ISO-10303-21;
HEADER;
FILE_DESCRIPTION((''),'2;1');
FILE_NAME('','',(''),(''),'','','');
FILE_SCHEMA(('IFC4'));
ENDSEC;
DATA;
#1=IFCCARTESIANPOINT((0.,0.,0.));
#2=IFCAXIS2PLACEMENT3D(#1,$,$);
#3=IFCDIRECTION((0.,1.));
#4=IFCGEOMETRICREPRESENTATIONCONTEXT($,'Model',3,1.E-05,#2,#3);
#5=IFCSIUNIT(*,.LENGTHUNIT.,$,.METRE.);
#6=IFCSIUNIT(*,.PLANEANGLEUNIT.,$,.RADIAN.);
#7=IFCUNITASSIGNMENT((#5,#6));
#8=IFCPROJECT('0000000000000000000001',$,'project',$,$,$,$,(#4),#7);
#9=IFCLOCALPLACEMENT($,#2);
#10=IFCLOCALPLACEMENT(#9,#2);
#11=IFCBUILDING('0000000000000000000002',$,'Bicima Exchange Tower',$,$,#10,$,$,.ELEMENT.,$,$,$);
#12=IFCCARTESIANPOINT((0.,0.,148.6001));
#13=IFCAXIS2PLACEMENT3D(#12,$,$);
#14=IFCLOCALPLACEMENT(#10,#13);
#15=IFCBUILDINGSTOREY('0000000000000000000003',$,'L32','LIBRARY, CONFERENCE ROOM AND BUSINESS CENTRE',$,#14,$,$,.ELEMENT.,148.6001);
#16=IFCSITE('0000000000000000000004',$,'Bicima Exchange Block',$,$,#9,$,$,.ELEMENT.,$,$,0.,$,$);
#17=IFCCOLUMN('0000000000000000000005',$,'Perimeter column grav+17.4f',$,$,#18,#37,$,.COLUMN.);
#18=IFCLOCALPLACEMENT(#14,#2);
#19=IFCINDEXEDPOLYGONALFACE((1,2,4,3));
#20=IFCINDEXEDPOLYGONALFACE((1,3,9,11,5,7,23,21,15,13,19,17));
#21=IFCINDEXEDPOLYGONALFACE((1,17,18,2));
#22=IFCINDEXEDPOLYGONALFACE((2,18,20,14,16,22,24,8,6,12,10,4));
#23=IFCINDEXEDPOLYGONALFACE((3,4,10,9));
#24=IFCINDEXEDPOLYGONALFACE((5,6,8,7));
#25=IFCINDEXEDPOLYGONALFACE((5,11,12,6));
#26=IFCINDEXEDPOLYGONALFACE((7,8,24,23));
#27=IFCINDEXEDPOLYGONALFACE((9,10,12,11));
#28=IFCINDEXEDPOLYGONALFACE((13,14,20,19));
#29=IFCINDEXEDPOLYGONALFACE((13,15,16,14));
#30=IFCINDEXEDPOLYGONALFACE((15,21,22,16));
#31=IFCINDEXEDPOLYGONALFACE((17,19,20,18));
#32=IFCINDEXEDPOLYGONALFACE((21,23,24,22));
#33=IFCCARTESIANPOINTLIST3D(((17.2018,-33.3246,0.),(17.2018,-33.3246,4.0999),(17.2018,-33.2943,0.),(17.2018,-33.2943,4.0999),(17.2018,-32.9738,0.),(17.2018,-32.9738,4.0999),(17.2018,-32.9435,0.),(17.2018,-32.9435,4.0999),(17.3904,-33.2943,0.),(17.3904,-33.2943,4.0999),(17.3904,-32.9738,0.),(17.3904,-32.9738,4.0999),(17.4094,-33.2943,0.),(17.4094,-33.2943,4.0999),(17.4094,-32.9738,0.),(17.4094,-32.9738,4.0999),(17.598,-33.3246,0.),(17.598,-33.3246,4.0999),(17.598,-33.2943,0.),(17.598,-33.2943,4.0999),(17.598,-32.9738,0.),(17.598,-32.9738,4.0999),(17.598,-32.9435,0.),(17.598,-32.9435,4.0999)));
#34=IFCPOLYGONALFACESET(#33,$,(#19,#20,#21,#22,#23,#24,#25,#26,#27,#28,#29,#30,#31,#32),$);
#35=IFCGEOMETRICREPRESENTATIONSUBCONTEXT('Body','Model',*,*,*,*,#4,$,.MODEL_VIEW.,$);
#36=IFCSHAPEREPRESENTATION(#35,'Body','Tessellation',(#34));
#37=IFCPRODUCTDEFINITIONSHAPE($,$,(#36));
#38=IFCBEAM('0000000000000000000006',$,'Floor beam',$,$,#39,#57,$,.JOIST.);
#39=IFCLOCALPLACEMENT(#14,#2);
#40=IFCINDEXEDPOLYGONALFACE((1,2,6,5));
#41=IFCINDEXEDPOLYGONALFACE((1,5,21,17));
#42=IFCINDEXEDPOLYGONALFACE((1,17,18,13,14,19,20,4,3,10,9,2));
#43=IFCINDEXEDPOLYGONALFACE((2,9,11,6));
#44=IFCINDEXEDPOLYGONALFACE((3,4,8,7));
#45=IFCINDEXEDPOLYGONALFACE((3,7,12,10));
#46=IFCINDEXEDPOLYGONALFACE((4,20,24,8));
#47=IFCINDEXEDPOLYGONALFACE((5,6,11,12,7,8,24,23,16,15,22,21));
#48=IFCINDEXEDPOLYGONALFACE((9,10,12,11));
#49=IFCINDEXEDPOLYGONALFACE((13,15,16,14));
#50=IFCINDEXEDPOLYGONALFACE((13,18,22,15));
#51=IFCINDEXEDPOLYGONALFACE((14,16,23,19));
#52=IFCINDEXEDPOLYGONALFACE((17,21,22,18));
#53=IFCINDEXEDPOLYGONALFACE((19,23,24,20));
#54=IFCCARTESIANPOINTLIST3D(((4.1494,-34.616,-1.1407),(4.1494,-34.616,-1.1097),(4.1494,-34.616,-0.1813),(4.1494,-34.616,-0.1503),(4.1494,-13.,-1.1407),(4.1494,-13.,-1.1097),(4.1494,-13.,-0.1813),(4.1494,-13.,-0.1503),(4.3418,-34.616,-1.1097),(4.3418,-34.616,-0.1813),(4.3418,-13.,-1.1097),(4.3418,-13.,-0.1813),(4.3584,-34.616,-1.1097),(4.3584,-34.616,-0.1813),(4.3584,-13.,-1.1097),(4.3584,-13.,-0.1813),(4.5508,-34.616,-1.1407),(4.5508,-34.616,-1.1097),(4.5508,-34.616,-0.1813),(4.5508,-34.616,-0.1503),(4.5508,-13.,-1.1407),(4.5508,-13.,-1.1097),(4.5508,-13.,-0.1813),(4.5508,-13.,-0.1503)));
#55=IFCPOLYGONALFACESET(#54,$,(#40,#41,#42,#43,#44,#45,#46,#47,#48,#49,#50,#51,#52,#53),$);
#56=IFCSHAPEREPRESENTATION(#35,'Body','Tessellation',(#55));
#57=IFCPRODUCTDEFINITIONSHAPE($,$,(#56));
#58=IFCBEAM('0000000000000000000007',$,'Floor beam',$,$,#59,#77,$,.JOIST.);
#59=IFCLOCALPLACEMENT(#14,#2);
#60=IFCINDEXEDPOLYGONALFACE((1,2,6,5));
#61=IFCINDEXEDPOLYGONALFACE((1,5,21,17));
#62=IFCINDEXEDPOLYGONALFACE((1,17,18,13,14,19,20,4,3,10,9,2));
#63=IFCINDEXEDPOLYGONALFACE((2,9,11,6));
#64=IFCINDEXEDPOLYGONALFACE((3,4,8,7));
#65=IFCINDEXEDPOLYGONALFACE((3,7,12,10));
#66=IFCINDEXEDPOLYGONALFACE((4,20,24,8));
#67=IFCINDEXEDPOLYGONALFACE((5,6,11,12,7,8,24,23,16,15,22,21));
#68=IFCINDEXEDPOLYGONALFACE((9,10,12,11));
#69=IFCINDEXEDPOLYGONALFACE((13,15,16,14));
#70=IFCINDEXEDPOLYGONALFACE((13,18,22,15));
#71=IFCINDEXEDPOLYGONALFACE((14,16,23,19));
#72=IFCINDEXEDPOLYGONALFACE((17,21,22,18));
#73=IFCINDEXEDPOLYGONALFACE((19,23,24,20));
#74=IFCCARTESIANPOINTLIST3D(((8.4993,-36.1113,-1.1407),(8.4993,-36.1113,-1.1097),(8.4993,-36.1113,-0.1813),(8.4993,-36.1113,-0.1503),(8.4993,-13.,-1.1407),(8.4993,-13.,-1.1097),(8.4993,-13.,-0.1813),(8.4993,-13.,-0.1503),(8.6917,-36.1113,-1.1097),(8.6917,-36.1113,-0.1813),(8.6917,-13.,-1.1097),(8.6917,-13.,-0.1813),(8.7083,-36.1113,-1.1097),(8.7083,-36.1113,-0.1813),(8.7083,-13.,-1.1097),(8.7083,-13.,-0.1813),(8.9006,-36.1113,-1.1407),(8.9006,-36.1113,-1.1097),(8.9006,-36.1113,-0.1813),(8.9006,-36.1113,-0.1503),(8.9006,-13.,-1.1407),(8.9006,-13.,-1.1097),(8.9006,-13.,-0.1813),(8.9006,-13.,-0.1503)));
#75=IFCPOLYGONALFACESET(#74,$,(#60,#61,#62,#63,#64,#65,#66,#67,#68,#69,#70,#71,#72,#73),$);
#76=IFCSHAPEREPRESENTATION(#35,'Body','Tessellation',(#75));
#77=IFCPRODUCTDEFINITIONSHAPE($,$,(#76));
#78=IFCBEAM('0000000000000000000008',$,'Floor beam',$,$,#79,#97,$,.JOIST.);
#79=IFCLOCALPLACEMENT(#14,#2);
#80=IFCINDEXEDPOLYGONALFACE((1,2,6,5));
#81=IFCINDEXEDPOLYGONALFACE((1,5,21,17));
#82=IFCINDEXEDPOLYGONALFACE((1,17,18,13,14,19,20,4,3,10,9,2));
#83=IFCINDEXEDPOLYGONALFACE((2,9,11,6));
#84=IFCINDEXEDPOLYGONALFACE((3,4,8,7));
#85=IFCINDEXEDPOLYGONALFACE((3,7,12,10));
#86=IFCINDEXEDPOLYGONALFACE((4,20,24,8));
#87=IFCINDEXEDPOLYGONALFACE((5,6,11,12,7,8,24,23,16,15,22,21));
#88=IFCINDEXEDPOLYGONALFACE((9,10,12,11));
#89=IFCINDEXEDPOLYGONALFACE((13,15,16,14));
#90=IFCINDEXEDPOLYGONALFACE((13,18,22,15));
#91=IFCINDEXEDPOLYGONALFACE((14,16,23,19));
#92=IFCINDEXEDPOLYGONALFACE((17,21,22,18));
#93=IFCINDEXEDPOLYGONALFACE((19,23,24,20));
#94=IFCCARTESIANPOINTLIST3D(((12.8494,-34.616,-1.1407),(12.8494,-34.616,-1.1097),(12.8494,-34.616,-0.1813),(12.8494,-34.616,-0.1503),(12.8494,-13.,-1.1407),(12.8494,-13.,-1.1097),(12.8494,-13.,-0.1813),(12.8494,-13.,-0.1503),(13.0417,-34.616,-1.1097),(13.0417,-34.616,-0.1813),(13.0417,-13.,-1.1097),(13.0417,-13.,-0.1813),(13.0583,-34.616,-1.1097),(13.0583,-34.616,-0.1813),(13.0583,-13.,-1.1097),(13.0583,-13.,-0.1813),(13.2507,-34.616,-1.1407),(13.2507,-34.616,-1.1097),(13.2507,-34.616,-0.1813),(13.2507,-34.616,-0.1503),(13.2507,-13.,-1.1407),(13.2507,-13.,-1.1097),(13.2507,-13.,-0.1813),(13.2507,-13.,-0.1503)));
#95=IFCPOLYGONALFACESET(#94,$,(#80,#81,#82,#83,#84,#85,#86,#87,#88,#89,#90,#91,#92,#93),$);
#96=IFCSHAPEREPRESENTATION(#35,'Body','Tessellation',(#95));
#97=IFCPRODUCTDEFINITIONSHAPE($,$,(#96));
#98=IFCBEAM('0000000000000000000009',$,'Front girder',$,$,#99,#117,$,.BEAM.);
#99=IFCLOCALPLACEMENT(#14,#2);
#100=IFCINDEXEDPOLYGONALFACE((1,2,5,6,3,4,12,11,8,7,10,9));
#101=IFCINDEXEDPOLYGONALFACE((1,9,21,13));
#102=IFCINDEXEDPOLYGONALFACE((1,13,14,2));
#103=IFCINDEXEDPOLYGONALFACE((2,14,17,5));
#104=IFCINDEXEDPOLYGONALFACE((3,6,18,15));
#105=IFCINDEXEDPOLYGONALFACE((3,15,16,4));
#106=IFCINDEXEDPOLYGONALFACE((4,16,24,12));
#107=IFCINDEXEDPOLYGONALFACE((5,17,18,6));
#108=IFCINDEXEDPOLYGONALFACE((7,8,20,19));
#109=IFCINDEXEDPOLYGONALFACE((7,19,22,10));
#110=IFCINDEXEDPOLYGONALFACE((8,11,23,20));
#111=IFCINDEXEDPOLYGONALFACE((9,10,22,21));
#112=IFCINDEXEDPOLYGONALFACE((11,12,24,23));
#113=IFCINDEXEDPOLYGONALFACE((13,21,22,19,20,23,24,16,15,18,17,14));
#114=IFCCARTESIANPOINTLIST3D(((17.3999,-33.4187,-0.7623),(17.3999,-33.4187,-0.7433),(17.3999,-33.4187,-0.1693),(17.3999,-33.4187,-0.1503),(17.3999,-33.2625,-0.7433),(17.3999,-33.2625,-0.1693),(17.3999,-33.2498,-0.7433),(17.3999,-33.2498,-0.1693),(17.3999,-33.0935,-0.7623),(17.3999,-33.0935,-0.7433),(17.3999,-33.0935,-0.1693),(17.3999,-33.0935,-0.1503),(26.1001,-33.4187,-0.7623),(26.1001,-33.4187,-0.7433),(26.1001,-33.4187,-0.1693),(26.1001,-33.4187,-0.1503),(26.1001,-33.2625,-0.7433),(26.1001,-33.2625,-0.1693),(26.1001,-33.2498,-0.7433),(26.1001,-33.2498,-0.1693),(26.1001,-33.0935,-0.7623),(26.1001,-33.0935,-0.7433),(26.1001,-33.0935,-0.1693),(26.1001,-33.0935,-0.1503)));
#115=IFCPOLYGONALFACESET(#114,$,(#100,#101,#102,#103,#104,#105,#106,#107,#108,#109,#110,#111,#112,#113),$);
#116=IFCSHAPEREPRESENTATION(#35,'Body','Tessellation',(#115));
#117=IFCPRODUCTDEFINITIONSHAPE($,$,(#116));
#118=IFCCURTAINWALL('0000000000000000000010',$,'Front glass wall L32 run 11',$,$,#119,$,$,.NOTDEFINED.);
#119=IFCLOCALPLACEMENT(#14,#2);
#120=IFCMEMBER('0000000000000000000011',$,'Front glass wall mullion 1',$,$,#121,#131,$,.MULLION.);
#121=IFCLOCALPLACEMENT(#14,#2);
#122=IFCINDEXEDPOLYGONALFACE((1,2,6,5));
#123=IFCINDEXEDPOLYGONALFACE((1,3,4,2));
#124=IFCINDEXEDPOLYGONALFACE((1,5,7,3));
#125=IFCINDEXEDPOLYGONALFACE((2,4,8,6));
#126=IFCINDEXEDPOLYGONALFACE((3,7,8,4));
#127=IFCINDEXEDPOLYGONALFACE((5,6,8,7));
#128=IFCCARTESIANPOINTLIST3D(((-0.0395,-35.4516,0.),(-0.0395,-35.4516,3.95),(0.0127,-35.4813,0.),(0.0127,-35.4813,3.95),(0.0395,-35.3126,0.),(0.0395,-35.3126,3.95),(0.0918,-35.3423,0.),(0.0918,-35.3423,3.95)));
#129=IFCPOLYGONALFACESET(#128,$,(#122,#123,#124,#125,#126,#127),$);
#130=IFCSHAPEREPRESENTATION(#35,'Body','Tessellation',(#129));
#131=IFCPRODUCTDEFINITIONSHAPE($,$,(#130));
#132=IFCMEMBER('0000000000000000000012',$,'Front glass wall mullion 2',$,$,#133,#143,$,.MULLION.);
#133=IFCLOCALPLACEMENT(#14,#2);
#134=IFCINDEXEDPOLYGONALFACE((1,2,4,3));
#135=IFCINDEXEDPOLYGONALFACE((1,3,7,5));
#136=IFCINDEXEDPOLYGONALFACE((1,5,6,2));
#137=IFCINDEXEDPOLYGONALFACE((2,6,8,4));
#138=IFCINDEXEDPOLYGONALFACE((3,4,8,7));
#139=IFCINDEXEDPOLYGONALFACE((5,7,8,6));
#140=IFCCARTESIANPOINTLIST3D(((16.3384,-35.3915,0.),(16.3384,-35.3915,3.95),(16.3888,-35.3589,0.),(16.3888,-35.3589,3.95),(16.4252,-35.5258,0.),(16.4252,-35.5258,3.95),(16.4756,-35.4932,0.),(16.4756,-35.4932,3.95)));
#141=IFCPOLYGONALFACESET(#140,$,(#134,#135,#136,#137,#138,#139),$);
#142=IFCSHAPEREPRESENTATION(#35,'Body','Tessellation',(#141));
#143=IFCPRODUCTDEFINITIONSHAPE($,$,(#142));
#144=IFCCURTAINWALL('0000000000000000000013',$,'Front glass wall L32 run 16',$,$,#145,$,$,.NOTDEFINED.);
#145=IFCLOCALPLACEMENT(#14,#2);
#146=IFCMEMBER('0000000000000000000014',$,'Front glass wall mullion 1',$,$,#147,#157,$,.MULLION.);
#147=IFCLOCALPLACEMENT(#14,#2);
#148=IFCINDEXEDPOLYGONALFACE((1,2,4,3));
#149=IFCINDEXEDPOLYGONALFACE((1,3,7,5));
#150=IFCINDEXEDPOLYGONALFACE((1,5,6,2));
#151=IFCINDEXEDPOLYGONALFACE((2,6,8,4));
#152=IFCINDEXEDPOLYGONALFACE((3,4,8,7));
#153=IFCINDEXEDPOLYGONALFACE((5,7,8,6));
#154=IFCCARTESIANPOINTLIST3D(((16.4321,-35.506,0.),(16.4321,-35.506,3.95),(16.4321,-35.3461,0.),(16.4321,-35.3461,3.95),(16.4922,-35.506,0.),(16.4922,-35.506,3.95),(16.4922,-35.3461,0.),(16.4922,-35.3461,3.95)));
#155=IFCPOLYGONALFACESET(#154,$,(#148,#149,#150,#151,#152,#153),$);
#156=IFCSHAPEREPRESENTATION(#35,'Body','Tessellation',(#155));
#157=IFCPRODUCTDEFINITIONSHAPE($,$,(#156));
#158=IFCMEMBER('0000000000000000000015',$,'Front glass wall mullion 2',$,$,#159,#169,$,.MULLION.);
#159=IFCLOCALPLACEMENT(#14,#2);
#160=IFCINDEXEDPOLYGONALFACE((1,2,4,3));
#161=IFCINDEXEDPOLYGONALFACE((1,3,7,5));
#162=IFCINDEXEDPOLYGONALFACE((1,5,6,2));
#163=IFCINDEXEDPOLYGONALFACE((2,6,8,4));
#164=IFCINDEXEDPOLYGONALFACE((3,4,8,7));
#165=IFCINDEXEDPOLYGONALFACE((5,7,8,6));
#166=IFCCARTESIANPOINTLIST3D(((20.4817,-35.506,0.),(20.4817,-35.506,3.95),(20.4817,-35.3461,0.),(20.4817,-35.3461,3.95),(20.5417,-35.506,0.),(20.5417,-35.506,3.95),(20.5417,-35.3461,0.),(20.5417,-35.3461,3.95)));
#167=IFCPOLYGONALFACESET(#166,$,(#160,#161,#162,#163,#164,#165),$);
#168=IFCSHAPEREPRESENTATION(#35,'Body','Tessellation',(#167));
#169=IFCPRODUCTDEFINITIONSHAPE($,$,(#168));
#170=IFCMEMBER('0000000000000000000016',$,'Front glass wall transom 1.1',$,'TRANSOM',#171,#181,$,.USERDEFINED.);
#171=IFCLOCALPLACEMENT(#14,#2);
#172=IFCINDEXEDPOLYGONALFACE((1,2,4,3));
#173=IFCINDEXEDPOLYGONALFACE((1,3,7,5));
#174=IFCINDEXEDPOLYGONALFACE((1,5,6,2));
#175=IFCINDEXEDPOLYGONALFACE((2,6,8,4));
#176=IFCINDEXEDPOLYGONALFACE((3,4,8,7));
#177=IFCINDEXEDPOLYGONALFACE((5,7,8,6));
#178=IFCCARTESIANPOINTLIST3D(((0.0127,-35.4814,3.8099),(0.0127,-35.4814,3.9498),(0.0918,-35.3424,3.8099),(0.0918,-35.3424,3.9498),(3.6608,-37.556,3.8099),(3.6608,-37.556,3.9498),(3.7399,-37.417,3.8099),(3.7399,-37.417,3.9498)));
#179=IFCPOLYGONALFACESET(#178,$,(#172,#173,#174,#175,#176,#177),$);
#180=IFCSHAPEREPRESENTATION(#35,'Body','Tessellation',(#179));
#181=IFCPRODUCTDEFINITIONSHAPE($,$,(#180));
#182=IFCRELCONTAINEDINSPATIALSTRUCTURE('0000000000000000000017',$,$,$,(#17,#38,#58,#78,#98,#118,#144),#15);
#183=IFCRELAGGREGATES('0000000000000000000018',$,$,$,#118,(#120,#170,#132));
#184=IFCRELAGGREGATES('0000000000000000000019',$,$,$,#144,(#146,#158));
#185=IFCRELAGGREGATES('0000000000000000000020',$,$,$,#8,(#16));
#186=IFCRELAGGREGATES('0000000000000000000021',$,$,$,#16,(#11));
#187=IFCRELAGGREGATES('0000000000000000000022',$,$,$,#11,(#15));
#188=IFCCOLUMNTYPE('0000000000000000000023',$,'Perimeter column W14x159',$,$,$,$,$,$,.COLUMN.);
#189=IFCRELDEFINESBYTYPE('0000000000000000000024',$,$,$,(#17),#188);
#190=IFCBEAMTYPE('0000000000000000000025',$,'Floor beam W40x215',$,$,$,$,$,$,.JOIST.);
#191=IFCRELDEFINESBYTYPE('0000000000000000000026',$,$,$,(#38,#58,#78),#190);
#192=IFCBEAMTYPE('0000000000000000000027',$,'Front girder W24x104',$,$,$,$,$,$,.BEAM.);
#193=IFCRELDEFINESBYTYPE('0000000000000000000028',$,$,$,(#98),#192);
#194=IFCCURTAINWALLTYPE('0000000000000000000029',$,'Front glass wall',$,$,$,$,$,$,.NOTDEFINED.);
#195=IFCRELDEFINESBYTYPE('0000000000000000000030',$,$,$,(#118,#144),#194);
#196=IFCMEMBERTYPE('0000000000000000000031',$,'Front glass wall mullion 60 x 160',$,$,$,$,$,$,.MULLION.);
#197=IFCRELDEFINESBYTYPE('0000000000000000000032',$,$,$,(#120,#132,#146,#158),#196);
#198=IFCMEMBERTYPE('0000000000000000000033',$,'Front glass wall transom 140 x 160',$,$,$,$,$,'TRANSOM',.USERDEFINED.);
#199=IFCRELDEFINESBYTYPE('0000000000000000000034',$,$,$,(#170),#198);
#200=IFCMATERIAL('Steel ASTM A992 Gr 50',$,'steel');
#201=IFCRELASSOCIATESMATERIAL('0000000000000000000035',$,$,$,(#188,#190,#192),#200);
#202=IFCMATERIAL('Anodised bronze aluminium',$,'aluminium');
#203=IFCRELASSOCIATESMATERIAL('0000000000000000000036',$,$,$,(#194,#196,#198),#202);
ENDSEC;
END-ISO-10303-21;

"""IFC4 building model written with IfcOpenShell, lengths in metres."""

from ifc_helpers import new_model, si_unit, direction, frame, origin, origin_2d, place, context, subcontext, project, spatial, rectangle, i_section, extrude, material, material_profile, profile_set, type_object, element, aggregate, save


model = new_model("IFC4")

# Units and contexts
model_context = context("Model", 3, precision=1e-05, world=origin(), true_north=direction((0.0, 1.0)))
body_context = subcontext(model_context, "Body", "Model", "MODEL_VIEW")
ifc_project = project(units=[si_unit("LENGTHUNIT", "METRE"), si_unit("PLANEANGLEUNIT", "RADIAN")], contexts=[model_context])

# Site, building, storey
site_placement = place(None, origin())
site = spatial("IfcSite", under=ifc_project, at=site_placement, Name="Bicima Exchange Block", CompositionType="ELEMENT", RefElevation=0.0)
building_placement = place(site_placement, origin())
building = spatial("IfcBuilding", under=site, at=building_placement, Name="Bicima Exchange Tower", CompositionType="ELEMENT")
storey_placement = place(building_placement, frame((0.0, 0.0, 148.6001)))
storey = spatial("IfcBuildingStorey", under=building, at=storey_placement, Name="L32", Description="LIBRARY, CONFERENCE ROOM AND BUSINESS CENTRE", CompositionType="ELEMENT", Elevation=148.6001)

# Column
ifc_material_1 = material(Name="Steel ASTM A992 Gr 50", Category="steel")
ifc_material_profile_1 = material_profile(ifc_material_1, i_section(OverallWidth=0.3962, OverallDepth=0.3811, WebThickness=0.019, FlangeThickness=0.0303, at=origin_2d()))
ifc_profile_set_1 = profile_set([ifc_material_profile_1], Name="Steel ASTM A992 Gr 50")
column_type = type_object("IfcColumnType", Name="Perimeter column W14x159", PredefinedType="COLUMN", material=ifc_profile_set_1)
column_placement = place(storey_placement, frame((17.3999, -33.134, 0.0), z_axis=(0.0, 0.0, 1.0), x_axis=(1.0, 0.0, 0.0)))
element("IfcColumn", 1, at=column_placement, inside=storey, type_object=column_type, Name="Perimeter column grav+17.4f", PredefinedType="COLUMN", context=body_context, shape_type="SweptSolid", body=[
    extrude(i_section(OverallWidth=0.3962, OverallDepth=0.3811, WebThickness=0.019, FlangeThickness=0.0303, at=origin_2d()), origin(), (0.0, 0.0, 1.0), 4.0999),
])

# Beams
ifc_material_profile_2 = material_profile(ifc_material_1, i_section(OverallWidth=0.4014, OverallDepth=0.9905, WebThickness=0.0166, FlangeThickness=0.031, at=origin_2d()))
ifc_profile_set_2 = profile_set([ifc_material_profile_2], Name="Steel ASTM A992 Gr 50")
beam_type_1 = type_object("IfcBeamType", Name="Floor beam W40x215", PredefinedType="JOIST", material=ifc_profile_set_2)
beam_1_placement = place(storey_placement, frame((4.3501, -13.0, -0.6455), z_axis=(0.0, -1.0, 0.0), x_axis=(1.0, 0.0, 0.0)))
element("IfcBeam", 2, at=beam_1_placement, inside=storey, type_object=beam_type_1, Name="Floor beam", PredefinedType="JOIST", context=body_context, shape_type="SweptSolid", body=[
    extrude(i_section(OverallWidth=0.4014, OverallDepth=0.9905, WebThickness=0.0166, FlangeThickness=0.031, at=origin_2d()), origin(), (0.0, 0.0, 1.0), 21.616),
])
beam_2_placement = place(storey_placement, frame((8.7, -13.0, -0.6455), z_axis=(0.0, -1.0, 0.0), x_axis=(1.0, 0.0, 0.0)))
element("IfcBeam", 3, at=beam_2_placement, inside=storey, type_object=beam_type_1, Name="Floor beam", PredefinedType="JOIST", context=body_context, shape_type="SweptSolid", body=[
    extrude(i_section(OverallWidth=0.4014, OverallDepth=0.9905, WebThickness=0.0166, FlangeThickness=0.031, at=origin_2d()), origin(), (0.0, 0.0, 1.0), 23.1113),
])
beam_3_placement = place(storey_placement, frame((13.05, -13.0, -0.6455), z_axis=(0.0, -1.0, 0.0), x_axis=(1.0, 0.0, 0.0)))
element("IfcBeam", 4, at=beam_3_placement, inside=storey, type_object=beam_type_1, Name="Floor beam", PredefinedType="JOIST", context=body_context, shape_type="SweptSolid", body=[
    extrude(i_section(OverallWidth=0.4014, OverallDepth=0.9905, WebThickness=0.0166, FlangeThickness=0.031, at=origin_2d()), origin(), (0.0, 0.0, 1.0), 21.616),
])
ifc_material_profile_3 = material_profile(ifc_material_1, i_section(OverallWidth=0.3252, OverallDepth=0.6121, WebThickness=0.0127, FlangeThickness=0.019, at=origin_2d()))
ifc_profile_set_3 = profile_set([ifc_material_profile_3], Name="Steel ASTM A992 Gr 50")
beam_type_2 = type_object("IfcBeamType", Name="Front girder W24x104", PredefinedType="BEAM", material=ifc_profile_set_3)
beam_4_placement = place(storey_placement, frame((17.3999, -33.2561, -0.4563), z_axis=(1.0, 0.0, 0.0), x_axis=(0.0, 1.0, 0.0)))
element("IfcBeam", 5, at=beam_4_placement, inside=storey, type_object=beam_type_2, Name="Front girder", PredefinedType="BEAM", context=body_context, shape_type="SweptSolid", body=[
    extrude(i_section(OverallWidth=0.3252, OverallDepth=0.6121, WebThickness=0.0127, FlangeThickness=0.019, at=origin_2d()), origin(), (0.0, 0.0, 1.0), 8.7002),
])

# Curtain walls, members
ifc_material_2 = material(Name="Anodised bronze aluminium", Category="aluminium")
curtain_wall_type = type_object("IfcCurtainWallType", Name="Front glass wall", PredefinedType="NOTDEFINED", material=ifc_material_2)
curtain_wall_1_placement = place(storey_placement, origin())
curtain_wall_1 = element("IfcCurtainWall", 6, at=curtain_wall_1_placement, inside=storey, type_object=curtain_wall_type, Name="Front glass wall L32 run 11", PredefinedType="NOTDEFINED")
ifc_material_profile_4 = material_profile(ifc_material_2, rectangle(XDim=0.1599, YDim=0.0601, at=origin_2d()))
ifc_profile_set_4 = profile_set([ifc_material_profile_4], Name="Anodised bronze aluminium")
member_type_1 = type_object("IfcMemberType", Name="Front glass wall mullion 60 x 160", PredefinedType="MULLION", material=ifc_profile_set_4)
member_1_placement = place(storey_placement, frame((0.0261, -35.397, 0.0), z_axis=(0.0, 0.0, 1.0), x_axis=(0.49433, 0.869274, 0.0)))
member_1 = element("IfcMember", 7, at=member_1_placement, type_object=member_type_1, Name="Front glass wall mullion 1", PredefinedType="MULLION", context=body_context, shape_type="SweptSolid", body=[
    extrude(rectangle(XDim=0.1599, YDim=0.0601, at=origin_2d()), origin(), (0.0, 0.0, 1.0), 3.95),
])
member_2_placement = place(storey_placement, frame((16.407, -35.4424, 0.0), z_axis=(0.0, 0.0, 1.0), x_axis=(-0.542909, 0.839791, 0.0)))
member_2 = element("IfcMember", 8, at=member_2_placement, type_object=member_type_1, Name="Front glass wall mullion 2", PredefinedType="MULLION", context=body_context, shape_type="SweptSolid", body=[
    extrude(rectangle(XDim=0.1599, YDim=0.0601, at=origin_2d()), origin(), (0.0, 0.0, 1.0), 3.95),
])
curtain_wall_2_placement = place(storey_placement, origin())
curtain_wall_2 = element("IfcCurtainWall", 9, at=curtain_wall_2_placement, inside=storey, type_object=curtain_wall_type, Name="Front glass wall L32 run 16", PredefinedType="NOTDEFINED")
member_3_placement = place(storey_placement, frame((16.4622, -35.426, 0.0), z_axis=(0.0, 0.0, 1.0), x_axis=(0.0, 1.0, 0.0)))
member_3 = element("IfcMember", 10, at=member_3_placement, type_object=member_type_1, Name="Front glass wall mullion 1", PredefinedType="MULLION", context=body_context, shape_type="SweptSolid", body=[
    extrude(rectangle(XDim=0.1599, YDim=0.0601, at=origin_2d()), origin(), (0.0, 0.0, 1.0), 3.95),
])
member_4_placement = place(storey_placement, frame((20.5117, -35.426, 0.0), z_axis=(0.0, 0.0, 1.0), x_axis=(0.0, 1.0, 0.0)))
member_4 = element("IfcMember", 11, at=member_4_placement, type_object=member_type_1, Name="Front glass wall mullion 2", PredefinedType="MULLION", context=body_context, shape_type="SweptSolid", body=[
    extrude(rectangle(XDim=0.1599, YDim=0.0601, at=origin_2d()), origin(), (0.0, 0.0, 1.0), 3.95),
])

# Member
ifc_material_profile_5 = material_profile(ifc_material_2, rectangle(XDim=0.1599, YDim=0.1399, at=origin_2d()))
ifc_profile_set_5 = profile_set([ifc_material_profile_5], Name="Anodised bronze aluminium")
member_type_2 = type_object("IfcMemberType", Name="Front glass wall transom 140 x 160", ElementType="TRANSOM", PredefinedType="USERDEFINED", material=ifc_profile_set_5)
member_5_placement = place(storey_placement, frame((0.0522, -35.4119, 3.8799), z_axis=(0.869265, -0.494346, 0.0), x_axis=(0.494346, 0.869265, 0.0)))
member_5 = element("IfcMember", 12, at=member_5_placement, type_object=member_type_2, Name="Front glass wall transom 1.1", ObjectType="TRANSOM", PredefinedType="USERDEFINED", context=body_context, shape_type="SweptSolid", body=[
    extrude(rectangle(XDim=0.1599, YDim=0.1399, at=origin_2d()), origin(), (0.0, 0.0, 1.0), 4.1968),
])
aggregate(curtain_wall_1, [member_1, member_5, member_2])

aggregate(curtain_wall_2, [member_3, member_4])

save(model, "model.ifc")
